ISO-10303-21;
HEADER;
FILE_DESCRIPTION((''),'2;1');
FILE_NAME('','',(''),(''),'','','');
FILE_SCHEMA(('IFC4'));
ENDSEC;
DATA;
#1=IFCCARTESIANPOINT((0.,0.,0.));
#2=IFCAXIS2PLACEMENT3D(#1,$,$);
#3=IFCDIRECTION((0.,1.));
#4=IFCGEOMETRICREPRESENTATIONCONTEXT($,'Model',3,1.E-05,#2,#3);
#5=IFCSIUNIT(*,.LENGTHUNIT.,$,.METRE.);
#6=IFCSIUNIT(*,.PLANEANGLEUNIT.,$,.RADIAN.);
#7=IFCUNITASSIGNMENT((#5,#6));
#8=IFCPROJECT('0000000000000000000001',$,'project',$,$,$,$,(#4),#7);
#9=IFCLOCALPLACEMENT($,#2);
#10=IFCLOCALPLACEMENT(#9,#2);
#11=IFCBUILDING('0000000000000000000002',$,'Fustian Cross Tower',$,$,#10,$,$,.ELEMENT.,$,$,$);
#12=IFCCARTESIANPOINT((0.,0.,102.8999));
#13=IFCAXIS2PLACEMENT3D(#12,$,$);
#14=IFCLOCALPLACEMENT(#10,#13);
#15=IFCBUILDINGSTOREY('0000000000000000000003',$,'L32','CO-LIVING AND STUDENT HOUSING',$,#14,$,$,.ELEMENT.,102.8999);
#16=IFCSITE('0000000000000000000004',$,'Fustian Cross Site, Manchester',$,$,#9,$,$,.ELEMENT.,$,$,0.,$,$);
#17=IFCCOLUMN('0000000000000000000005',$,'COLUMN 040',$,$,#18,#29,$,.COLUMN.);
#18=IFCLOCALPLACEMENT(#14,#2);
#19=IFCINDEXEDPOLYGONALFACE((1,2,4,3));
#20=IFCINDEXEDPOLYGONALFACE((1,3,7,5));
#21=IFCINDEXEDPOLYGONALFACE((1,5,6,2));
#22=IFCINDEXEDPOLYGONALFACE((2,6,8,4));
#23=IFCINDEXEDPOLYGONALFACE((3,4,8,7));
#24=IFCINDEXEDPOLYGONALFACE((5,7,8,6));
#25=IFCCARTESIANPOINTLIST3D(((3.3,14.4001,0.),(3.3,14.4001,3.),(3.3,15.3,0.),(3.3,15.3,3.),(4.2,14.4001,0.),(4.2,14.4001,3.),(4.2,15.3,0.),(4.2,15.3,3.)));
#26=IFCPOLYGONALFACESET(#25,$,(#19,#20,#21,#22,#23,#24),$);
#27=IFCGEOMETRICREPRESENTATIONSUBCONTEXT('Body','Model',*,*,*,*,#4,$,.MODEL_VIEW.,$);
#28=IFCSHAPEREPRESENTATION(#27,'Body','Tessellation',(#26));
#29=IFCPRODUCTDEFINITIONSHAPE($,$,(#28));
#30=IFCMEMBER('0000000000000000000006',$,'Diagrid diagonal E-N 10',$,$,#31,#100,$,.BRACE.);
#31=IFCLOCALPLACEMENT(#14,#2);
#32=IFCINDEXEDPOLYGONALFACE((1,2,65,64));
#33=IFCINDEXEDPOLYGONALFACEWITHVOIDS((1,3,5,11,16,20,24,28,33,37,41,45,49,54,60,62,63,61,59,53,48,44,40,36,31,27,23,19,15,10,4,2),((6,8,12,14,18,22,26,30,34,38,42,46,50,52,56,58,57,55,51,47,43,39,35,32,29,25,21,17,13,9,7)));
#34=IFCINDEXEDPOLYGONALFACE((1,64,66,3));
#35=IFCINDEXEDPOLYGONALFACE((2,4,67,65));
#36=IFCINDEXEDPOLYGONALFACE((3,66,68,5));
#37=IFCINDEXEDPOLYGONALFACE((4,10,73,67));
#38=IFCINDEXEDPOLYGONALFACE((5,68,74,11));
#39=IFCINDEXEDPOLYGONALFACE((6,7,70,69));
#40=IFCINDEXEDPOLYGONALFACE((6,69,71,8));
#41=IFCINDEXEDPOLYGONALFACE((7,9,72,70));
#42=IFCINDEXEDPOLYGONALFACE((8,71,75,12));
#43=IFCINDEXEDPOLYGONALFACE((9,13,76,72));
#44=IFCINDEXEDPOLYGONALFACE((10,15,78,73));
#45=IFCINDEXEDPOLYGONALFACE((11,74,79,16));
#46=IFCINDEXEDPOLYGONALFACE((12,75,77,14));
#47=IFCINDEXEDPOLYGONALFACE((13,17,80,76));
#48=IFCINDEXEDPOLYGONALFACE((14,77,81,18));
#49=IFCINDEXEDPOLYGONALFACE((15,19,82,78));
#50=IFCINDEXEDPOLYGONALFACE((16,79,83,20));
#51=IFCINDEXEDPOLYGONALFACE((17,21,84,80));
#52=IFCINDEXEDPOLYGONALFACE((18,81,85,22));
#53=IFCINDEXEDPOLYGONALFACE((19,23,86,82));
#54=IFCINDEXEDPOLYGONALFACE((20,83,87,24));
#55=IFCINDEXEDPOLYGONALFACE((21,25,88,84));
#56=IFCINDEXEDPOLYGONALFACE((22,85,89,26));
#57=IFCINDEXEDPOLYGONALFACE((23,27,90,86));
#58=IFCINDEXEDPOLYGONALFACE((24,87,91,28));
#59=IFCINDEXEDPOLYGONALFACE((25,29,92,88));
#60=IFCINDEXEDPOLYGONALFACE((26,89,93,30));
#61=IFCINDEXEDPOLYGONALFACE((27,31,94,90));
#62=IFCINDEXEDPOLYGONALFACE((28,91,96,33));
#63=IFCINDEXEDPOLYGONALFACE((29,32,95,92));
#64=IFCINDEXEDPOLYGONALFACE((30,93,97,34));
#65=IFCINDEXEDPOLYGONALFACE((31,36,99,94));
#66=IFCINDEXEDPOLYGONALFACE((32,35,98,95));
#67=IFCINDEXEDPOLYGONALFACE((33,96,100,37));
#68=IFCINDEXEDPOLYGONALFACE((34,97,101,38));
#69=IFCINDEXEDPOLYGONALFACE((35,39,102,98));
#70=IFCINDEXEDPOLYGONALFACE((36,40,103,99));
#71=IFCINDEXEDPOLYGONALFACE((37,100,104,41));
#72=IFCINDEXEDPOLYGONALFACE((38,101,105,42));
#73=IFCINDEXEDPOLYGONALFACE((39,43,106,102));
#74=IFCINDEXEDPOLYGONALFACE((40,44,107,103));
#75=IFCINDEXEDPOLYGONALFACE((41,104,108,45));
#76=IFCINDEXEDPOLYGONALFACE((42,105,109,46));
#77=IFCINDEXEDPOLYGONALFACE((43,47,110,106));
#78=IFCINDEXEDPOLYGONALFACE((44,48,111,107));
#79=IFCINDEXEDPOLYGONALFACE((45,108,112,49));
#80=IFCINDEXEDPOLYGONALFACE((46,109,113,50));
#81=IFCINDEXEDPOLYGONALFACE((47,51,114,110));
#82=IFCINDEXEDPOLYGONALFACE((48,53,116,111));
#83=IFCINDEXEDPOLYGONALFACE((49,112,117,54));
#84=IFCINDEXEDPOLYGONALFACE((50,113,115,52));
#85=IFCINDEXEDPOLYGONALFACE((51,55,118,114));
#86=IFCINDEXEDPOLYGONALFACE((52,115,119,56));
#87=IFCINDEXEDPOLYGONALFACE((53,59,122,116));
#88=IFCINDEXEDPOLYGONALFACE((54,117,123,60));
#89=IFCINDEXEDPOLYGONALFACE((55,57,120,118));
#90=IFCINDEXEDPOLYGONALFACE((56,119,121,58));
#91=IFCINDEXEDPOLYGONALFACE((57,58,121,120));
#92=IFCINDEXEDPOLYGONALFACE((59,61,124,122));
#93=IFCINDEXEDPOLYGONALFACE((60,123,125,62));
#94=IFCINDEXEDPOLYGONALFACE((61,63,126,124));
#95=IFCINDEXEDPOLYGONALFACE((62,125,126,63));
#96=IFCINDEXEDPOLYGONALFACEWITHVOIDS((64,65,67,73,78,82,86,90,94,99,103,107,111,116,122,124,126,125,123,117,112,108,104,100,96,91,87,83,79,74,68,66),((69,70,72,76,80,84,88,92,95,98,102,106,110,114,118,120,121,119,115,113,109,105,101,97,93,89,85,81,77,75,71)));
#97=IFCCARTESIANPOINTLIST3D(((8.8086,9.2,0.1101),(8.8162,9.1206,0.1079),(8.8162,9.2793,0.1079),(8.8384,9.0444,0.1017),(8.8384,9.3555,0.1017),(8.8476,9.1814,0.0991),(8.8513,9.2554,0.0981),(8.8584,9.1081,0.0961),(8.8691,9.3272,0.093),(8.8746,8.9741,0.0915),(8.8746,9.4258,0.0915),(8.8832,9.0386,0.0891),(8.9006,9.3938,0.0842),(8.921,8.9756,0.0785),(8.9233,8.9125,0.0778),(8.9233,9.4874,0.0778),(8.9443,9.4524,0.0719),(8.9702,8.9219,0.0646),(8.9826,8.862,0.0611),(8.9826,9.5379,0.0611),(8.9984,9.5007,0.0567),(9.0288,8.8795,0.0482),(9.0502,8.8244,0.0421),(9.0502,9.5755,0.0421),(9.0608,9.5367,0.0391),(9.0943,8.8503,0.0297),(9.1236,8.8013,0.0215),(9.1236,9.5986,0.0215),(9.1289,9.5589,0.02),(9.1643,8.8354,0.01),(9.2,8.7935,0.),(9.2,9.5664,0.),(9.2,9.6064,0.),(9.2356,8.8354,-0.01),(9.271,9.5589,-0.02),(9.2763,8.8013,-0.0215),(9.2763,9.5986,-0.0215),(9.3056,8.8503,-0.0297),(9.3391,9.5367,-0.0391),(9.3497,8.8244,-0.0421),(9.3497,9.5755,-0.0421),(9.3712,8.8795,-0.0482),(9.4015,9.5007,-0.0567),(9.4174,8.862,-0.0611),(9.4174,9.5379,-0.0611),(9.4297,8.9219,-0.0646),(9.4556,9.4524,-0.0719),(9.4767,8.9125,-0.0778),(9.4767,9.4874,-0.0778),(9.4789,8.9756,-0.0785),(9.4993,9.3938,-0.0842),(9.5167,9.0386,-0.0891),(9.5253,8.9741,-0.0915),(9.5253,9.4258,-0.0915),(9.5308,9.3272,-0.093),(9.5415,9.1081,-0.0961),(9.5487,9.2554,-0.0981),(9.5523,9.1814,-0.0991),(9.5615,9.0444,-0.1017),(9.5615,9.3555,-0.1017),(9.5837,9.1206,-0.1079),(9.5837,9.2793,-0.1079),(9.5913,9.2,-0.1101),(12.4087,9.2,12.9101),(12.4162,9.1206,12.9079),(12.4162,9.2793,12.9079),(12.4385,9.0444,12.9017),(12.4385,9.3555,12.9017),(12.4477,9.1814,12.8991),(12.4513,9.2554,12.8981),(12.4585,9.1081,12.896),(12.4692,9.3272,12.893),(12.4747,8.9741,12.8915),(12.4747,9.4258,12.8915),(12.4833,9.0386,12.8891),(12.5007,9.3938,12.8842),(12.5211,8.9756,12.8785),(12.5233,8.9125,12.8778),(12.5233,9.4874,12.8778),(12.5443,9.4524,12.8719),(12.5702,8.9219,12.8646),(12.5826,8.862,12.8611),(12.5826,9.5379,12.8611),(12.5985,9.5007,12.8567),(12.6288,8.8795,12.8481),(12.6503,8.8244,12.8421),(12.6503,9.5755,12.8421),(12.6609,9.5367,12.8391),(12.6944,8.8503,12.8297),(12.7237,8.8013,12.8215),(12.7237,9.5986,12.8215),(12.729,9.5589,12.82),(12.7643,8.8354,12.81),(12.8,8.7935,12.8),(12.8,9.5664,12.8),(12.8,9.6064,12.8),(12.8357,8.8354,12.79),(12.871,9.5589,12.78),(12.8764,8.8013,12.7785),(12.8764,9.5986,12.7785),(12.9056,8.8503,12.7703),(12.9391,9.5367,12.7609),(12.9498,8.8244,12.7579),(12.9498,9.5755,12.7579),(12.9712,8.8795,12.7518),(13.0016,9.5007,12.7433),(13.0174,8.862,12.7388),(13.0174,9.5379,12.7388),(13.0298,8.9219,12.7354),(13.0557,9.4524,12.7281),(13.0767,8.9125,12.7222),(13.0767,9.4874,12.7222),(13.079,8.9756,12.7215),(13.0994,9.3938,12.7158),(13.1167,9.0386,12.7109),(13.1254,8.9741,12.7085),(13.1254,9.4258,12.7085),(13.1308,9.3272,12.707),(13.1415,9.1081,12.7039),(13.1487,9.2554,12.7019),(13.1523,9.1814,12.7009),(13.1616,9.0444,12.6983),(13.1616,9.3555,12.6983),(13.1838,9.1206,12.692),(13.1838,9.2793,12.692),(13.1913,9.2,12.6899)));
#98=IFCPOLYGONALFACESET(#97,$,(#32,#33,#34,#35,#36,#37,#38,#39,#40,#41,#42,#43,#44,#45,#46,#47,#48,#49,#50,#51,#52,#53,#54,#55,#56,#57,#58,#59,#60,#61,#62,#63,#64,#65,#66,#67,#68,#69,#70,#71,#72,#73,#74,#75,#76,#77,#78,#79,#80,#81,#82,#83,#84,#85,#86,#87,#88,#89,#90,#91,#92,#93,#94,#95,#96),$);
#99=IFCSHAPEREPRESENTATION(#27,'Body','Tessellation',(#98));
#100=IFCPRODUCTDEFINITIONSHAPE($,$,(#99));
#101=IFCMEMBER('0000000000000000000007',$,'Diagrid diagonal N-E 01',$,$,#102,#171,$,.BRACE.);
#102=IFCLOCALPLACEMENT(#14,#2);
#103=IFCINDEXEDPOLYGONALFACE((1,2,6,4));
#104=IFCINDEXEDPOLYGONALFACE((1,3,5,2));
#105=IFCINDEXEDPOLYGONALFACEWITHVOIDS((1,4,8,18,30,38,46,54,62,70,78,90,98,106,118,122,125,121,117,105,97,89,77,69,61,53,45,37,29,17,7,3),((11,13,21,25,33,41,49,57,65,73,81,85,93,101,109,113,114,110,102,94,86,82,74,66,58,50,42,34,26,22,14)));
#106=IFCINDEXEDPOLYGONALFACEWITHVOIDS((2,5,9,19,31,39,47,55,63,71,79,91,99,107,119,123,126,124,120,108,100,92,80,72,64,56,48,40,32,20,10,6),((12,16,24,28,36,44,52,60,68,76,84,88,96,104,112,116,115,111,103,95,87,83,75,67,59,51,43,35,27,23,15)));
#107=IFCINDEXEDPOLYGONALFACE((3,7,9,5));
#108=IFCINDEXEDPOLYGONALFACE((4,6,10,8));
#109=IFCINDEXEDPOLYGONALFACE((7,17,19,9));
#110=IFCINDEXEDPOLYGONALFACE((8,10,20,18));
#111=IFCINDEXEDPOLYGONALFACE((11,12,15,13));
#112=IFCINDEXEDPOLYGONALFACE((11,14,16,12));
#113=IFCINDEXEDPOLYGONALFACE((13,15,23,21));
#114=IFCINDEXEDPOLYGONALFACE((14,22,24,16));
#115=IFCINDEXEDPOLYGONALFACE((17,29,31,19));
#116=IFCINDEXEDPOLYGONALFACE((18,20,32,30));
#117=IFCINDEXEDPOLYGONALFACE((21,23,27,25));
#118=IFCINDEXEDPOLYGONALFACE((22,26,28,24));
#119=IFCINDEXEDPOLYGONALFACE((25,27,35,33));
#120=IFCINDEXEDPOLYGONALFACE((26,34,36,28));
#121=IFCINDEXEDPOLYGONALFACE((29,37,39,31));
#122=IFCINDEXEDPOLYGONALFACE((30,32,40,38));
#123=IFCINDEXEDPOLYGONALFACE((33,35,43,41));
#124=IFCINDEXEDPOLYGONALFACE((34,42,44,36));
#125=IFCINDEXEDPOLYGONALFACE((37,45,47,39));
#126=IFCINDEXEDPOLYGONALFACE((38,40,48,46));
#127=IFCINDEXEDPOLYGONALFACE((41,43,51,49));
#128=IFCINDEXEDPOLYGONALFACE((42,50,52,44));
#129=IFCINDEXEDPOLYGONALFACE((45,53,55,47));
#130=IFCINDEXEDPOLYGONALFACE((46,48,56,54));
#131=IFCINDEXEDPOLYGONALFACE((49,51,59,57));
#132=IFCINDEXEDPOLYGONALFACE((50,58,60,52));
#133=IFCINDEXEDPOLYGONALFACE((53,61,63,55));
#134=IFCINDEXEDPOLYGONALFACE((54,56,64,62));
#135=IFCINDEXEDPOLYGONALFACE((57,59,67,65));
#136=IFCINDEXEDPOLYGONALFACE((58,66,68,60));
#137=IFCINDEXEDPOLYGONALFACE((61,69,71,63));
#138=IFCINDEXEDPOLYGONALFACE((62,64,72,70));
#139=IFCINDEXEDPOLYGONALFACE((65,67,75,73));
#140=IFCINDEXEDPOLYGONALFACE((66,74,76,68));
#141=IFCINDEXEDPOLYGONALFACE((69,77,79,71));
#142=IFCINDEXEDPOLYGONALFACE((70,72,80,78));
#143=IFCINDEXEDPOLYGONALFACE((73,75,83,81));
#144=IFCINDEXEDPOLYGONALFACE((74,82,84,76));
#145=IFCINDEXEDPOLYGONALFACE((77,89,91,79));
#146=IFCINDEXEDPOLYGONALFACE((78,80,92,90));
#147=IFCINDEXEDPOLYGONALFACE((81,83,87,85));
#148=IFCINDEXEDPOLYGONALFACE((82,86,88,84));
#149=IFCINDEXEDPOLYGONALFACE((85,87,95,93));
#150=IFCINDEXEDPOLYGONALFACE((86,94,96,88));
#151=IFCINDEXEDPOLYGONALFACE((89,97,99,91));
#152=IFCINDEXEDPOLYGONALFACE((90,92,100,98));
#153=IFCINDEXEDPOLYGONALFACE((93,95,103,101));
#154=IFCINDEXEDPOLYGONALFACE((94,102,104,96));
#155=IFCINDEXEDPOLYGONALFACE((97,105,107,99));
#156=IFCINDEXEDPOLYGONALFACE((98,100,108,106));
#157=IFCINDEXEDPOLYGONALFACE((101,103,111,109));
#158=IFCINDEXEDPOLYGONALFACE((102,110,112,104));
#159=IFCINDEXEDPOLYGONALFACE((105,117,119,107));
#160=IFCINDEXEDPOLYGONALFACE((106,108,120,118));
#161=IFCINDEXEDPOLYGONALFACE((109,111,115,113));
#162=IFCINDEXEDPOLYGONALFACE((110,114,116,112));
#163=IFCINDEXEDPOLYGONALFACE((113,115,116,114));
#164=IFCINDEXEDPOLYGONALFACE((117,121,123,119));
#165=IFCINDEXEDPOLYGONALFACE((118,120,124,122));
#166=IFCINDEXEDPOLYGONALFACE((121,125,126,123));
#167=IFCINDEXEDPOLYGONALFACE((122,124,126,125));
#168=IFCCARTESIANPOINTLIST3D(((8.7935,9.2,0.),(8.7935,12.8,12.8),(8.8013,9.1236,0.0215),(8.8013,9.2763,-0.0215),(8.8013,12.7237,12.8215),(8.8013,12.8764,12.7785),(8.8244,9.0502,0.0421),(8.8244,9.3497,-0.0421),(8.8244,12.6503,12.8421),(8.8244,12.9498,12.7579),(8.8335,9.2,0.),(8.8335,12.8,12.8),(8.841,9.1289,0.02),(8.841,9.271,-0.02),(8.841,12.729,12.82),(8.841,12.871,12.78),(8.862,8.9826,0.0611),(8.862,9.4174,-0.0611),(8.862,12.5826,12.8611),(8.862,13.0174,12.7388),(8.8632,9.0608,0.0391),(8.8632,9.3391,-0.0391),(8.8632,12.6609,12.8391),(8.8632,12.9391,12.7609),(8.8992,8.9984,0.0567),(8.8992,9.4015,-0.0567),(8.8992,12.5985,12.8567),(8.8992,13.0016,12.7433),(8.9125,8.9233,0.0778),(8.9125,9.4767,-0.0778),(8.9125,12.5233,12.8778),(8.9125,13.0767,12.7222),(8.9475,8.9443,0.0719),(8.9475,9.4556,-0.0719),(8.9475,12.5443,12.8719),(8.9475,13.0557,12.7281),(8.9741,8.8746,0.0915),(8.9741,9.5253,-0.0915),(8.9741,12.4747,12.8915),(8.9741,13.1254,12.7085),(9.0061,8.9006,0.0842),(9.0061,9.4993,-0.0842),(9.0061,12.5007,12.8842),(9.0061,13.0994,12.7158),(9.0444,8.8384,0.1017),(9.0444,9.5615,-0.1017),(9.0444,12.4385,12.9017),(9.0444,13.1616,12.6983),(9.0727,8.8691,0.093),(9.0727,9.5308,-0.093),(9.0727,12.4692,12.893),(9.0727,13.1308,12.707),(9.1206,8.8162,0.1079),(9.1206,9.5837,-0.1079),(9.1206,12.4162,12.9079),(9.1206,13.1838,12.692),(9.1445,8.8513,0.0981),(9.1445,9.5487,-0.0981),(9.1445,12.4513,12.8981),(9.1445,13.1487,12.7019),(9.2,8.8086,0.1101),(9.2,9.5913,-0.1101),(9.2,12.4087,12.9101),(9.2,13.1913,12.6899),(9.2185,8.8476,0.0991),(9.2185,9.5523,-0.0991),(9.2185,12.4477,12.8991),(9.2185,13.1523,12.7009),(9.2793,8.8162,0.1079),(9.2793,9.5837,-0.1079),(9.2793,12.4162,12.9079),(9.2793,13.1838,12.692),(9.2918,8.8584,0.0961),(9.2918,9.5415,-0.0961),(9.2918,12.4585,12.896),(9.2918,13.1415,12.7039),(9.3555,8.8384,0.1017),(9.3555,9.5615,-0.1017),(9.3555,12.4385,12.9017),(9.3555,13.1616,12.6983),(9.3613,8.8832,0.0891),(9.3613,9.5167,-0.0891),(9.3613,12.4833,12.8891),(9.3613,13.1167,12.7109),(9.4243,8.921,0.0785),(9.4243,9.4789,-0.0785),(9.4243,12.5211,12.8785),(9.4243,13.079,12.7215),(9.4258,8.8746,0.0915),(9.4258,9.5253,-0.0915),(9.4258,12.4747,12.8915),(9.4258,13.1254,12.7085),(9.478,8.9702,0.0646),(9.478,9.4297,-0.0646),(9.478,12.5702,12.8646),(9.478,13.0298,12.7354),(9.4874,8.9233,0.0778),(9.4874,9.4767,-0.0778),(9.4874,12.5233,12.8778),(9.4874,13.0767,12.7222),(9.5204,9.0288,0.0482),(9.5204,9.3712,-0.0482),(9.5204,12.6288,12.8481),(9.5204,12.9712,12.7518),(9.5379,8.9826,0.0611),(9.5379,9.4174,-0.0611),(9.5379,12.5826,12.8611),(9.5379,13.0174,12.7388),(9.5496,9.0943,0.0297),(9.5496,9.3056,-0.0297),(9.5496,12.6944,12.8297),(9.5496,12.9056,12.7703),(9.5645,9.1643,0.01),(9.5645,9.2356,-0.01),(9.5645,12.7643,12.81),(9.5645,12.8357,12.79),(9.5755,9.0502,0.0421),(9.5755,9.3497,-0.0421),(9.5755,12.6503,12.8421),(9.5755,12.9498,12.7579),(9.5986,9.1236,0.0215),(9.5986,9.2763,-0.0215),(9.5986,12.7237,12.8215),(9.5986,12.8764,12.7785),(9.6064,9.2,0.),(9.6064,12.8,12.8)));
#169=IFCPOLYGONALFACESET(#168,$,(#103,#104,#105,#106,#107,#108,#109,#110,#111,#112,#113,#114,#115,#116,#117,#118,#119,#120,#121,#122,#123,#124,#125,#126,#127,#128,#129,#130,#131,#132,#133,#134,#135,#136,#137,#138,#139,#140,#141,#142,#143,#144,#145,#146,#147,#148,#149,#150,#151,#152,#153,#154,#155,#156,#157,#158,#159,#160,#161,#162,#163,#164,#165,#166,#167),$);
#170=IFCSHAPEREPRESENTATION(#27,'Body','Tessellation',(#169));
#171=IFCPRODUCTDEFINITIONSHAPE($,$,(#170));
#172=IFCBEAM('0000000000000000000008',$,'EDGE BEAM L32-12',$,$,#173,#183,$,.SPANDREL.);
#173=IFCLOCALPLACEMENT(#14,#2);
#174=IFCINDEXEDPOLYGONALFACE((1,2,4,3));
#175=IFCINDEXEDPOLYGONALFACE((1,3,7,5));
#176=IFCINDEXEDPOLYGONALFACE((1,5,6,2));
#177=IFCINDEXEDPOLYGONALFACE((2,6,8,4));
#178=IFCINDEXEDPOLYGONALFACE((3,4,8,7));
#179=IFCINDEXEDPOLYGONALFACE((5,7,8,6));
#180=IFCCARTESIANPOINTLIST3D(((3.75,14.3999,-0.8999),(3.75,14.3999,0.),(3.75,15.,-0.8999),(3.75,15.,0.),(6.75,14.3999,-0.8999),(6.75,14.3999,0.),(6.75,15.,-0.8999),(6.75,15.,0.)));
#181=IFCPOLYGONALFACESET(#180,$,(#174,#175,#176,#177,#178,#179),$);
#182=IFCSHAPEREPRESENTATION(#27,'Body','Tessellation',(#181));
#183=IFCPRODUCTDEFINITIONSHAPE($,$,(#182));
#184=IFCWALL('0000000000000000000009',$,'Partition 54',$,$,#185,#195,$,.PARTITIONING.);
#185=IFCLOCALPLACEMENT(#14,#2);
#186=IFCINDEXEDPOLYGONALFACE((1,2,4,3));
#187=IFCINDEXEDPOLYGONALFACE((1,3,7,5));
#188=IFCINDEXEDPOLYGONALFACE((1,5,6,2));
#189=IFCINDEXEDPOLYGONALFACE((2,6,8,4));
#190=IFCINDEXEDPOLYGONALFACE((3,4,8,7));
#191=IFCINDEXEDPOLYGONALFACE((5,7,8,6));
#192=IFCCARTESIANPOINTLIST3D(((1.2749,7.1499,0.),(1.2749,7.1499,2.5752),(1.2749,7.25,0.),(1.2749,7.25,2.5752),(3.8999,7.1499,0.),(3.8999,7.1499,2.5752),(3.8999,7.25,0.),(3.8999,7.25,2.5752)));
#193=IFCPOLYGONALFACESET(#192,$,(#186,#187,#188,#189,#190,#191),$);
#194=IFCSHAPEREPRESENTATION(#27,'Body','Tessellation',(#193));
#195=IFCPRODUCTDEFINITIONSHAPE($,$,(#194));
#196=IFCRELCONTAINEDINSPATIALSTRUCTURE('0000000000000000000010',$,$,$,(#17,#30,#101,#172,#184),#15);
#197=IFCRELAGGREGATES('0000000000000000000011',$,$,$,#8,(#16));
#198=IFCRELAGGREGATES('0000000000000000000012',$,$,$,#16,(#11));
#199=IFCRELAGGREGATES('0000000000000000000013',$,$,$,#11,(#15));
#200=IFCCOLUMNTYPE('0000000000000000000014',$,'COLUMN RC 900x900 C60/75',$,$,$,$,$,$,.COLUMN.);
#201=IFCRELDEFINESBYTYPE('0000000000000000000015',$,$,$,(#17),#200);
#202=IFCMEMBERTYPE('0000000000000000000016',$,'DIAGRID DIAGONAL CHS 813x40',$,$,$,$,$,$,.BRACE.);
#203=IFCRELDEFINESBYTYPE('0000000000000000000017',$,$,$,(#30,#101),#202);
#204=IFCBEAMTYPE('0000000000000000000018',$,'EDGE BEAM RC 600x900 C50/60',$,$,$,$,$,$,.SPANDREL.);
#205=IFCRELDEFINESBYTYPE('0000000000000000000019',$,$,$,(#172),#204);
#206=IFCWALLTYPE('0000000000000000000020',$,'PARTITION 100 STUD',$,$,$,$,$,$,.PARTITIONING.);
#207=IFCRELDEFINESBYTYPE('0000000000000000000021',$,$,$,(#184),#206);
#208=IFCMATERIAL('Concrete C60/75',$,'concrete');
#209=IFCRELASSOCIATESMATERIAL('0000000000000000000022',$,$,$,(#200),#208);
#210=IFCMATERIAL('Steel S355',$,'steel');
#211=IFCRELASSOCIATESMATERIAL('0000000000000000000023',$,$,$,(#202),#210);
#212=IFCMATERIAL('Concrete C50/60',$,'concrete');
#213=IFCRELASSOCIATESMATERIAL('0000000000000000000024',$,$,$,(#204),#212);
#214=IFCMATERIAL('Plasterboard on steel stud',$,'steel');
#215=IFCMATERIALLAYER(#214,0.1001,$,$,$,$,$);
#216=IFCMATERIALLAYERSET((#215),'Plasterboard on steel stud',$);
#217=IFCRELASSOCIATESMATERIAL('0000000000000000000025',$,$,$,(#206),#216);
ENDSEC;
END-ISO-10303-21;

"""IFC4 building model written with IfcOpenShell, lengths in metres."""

from ifc_helpers import new_model, si_unit, direction, frame, frame_2d, origin, origin_2d, place, context, subcontext, project, spatial, rectangle, hollow_circle, extrude, material, layer, layer_set, material_profile, profile_set, type_object, element, save


model = new_model("IFC4")

# Units and contexts
model_context = context("Model", 3, precision=1e-05, world=origin(), true_north=direction((0.0, 1.0)))
body_context = subcontext(model_context, "Body", "Model", "MODEL_VIEW")
ifc_project = project(units=[si_unit("LENGTHUNIT", "METRE"), si_unit("PLANEANGLEUNIT", "RADIAN")], contexts=[model_context])

# Site, building, storey
site_placement = place(None, origin())
site = spatial("IfcSite", under=ifc_project, at=site_placement, Name="Fustian Cross Site, Manchester", CompositionType="ELEMENT", RefElevation=0.0)
building_placement = place(site_placement, origin())
building = spatial("IfcBuilding", under=site, at=building_placement, Name="Fustian Cross Tower", CompositionType="ELEMENT")
storey_placement = place(building_placement, frame((0.0, 0.0, 102.8999)))
storey = spatial("IfcBuildingStorey", under=building, at=storey_placement, Name="L32", Description="CO-LIVING AND STUDENT HOUSING", CompositionType="ELEMENT", Elevation=102.8999)

# Column
ifc_material_1 = material(Name="Concrete C60/75", Category="concrete")
ifc_material_profile_1 = material_profile(ifc_material_1, rectangle(XDim=0.8999, YDim=0.8999, at=origin_2d()), Name="RC 900x900")
ifc_profile_set_1 = profile_set([ifc_material_profile_1], Name="Concrete C60/75")
column_type = type_object("IfcColumnType", Name="COLUMN RC 900x900 C60/75", PredefinedType="COLUMN", material=ifc_profile_set_1)
column_placement = place(storey_placement, frame((3.75, 14.8501, 0.0), z_axis=(0.0, 0.0, 1.0), x_axis=(1.0, 0.0, 0.0)))
element("IfcColumn", 1, at=column_placement, inside=storey, type_object=column_type, Name="COLUMN 040", PredefinedType="COLUMN", context=body_context, shape_type="SweptSolid", body=[
    extrude(rectangle(XDim=0.8999, YDim=0.8999, at=origin_2d()), origin(), (0.0, 0.0, 1.0), 3.0),
])

# Members
ifc_material_2 = material(Name="Steel S355", Category="steel")
ifc_material_profile_2 = material_profile(ifc_material_2, hollow_circle(Radius=0.4065, WallThickness=0.04, at=origin_2d()), Name="CHS 813x40")
ifc_profile_set_2 = profile_set([ifc_material_profile_2], Name="Steel S355")
member_type = type_object("IfcMemberType", Name="DIAGRID DIAGONAL CHS 813x40", PredefinedType="BRACE", material=ifc_profile_set_2)
for number, where, z_axis, x_axis, name in (
    (2, (9.2, 9.2, 0.0), (0.270751, 0.0, 0.962649), (0.0, 1.0, 0.0), "Diagrid diagonal E-N 10"),
    (3, (9.2, 9.2, 0.0), (0.0, 0.270751, 0.962649), (-1.0, 0.0, 0.0), "Diagrid diagonal N-E 01"),
):
    element("IfcMember", number, at=place(storey_placement, frame(where, z_axis=z_axis, x_axis=x_axis)), inside=storey, type_object=member_type, Name=name, PredefinedType="BRACE", context=body_context, shape_type="SweptSolid", body=[
        extrude(hollow_circle(Radius=0.4065, WallThickness=0.04, at=origin_2d()), origin(), (0.0, 0.0, 1.0), 13.2966),
    ])

# Beam
ifc_material_3 = material(Name="Concrete C50/60", Category="concrete")
ifc_material_profile_3 = material_profile(ifc_material_3, rectangle(XDim=0.6001, YDim=0.8999, at=origin_2d()), Name="RC 600x900")
ifc_profile_set_3 = profile_set([ifc_material_profile_3], Name="Concrete C50/60")
beam_type = type_object("IfcBeamType", Name="EDGE BEAM RC 600x900 C50/60", PredefinedType="SPANDREL", material=ifc_profile_set_3)
beam_placement = place(storey_placement, frame((3.75, 14.7, -0.45), z_axis=(1.0, 0.0, 0.0), x_axis=(0.0, 1.0, 0.0)))
element("IfcBeam", 4, at=beam_placement, inside=storey, type_object=beam_type, Name="EDGE BEAM L32-12", PredefinedType="SPANDREL", context=body_context, shape_type="SweptSolid", body=[
    extrude(rectangle(XDim=0.6001, YDim=0.8999, at=origin_2d()), origin(), (0.0, 0.0, 1.0), 3.0),
])

# Wall
ifc_material_4 = material(Name="Plasterboard on steel stud", Category="steel")
ifc_layer_1 = layer(ifc_material_4, 0.1001)
ifc_layer_set_1 = layer_set([ifc_layer_1], Name="Plasterboard on steel stud")
wall_type_1 = type_object("IfcWallType", Name="PARTITION 100 STUD", PredefinedType="PARTITIONING", material=ifc_layer_set_1)
for number, where, z_axis, x_axis, name in (
    (5, (1.2749, 7.2, 0.0), (0.0, 0.0, 1.0), (1.0, 0.0, 0.0), "Partition 54"),
):
    element("IfcWall", number, at=place(storey_placement, frame(where, z_axis=z_axis, x_axis=x_axis)), inside=storey, type_object=wall_type_1, Name=name, PredefinedType="PARTITIONING", context=body_context, shape_type="SweptSolid", body=[
        extrude(rectangle(XDim=2.625, YDim=0.1001, at=frame_2d((1.3125, 0.0))), origin(), (0.0, 0.0, 1.0), 2.5752),
    ])

save(model, "model.ifc")
